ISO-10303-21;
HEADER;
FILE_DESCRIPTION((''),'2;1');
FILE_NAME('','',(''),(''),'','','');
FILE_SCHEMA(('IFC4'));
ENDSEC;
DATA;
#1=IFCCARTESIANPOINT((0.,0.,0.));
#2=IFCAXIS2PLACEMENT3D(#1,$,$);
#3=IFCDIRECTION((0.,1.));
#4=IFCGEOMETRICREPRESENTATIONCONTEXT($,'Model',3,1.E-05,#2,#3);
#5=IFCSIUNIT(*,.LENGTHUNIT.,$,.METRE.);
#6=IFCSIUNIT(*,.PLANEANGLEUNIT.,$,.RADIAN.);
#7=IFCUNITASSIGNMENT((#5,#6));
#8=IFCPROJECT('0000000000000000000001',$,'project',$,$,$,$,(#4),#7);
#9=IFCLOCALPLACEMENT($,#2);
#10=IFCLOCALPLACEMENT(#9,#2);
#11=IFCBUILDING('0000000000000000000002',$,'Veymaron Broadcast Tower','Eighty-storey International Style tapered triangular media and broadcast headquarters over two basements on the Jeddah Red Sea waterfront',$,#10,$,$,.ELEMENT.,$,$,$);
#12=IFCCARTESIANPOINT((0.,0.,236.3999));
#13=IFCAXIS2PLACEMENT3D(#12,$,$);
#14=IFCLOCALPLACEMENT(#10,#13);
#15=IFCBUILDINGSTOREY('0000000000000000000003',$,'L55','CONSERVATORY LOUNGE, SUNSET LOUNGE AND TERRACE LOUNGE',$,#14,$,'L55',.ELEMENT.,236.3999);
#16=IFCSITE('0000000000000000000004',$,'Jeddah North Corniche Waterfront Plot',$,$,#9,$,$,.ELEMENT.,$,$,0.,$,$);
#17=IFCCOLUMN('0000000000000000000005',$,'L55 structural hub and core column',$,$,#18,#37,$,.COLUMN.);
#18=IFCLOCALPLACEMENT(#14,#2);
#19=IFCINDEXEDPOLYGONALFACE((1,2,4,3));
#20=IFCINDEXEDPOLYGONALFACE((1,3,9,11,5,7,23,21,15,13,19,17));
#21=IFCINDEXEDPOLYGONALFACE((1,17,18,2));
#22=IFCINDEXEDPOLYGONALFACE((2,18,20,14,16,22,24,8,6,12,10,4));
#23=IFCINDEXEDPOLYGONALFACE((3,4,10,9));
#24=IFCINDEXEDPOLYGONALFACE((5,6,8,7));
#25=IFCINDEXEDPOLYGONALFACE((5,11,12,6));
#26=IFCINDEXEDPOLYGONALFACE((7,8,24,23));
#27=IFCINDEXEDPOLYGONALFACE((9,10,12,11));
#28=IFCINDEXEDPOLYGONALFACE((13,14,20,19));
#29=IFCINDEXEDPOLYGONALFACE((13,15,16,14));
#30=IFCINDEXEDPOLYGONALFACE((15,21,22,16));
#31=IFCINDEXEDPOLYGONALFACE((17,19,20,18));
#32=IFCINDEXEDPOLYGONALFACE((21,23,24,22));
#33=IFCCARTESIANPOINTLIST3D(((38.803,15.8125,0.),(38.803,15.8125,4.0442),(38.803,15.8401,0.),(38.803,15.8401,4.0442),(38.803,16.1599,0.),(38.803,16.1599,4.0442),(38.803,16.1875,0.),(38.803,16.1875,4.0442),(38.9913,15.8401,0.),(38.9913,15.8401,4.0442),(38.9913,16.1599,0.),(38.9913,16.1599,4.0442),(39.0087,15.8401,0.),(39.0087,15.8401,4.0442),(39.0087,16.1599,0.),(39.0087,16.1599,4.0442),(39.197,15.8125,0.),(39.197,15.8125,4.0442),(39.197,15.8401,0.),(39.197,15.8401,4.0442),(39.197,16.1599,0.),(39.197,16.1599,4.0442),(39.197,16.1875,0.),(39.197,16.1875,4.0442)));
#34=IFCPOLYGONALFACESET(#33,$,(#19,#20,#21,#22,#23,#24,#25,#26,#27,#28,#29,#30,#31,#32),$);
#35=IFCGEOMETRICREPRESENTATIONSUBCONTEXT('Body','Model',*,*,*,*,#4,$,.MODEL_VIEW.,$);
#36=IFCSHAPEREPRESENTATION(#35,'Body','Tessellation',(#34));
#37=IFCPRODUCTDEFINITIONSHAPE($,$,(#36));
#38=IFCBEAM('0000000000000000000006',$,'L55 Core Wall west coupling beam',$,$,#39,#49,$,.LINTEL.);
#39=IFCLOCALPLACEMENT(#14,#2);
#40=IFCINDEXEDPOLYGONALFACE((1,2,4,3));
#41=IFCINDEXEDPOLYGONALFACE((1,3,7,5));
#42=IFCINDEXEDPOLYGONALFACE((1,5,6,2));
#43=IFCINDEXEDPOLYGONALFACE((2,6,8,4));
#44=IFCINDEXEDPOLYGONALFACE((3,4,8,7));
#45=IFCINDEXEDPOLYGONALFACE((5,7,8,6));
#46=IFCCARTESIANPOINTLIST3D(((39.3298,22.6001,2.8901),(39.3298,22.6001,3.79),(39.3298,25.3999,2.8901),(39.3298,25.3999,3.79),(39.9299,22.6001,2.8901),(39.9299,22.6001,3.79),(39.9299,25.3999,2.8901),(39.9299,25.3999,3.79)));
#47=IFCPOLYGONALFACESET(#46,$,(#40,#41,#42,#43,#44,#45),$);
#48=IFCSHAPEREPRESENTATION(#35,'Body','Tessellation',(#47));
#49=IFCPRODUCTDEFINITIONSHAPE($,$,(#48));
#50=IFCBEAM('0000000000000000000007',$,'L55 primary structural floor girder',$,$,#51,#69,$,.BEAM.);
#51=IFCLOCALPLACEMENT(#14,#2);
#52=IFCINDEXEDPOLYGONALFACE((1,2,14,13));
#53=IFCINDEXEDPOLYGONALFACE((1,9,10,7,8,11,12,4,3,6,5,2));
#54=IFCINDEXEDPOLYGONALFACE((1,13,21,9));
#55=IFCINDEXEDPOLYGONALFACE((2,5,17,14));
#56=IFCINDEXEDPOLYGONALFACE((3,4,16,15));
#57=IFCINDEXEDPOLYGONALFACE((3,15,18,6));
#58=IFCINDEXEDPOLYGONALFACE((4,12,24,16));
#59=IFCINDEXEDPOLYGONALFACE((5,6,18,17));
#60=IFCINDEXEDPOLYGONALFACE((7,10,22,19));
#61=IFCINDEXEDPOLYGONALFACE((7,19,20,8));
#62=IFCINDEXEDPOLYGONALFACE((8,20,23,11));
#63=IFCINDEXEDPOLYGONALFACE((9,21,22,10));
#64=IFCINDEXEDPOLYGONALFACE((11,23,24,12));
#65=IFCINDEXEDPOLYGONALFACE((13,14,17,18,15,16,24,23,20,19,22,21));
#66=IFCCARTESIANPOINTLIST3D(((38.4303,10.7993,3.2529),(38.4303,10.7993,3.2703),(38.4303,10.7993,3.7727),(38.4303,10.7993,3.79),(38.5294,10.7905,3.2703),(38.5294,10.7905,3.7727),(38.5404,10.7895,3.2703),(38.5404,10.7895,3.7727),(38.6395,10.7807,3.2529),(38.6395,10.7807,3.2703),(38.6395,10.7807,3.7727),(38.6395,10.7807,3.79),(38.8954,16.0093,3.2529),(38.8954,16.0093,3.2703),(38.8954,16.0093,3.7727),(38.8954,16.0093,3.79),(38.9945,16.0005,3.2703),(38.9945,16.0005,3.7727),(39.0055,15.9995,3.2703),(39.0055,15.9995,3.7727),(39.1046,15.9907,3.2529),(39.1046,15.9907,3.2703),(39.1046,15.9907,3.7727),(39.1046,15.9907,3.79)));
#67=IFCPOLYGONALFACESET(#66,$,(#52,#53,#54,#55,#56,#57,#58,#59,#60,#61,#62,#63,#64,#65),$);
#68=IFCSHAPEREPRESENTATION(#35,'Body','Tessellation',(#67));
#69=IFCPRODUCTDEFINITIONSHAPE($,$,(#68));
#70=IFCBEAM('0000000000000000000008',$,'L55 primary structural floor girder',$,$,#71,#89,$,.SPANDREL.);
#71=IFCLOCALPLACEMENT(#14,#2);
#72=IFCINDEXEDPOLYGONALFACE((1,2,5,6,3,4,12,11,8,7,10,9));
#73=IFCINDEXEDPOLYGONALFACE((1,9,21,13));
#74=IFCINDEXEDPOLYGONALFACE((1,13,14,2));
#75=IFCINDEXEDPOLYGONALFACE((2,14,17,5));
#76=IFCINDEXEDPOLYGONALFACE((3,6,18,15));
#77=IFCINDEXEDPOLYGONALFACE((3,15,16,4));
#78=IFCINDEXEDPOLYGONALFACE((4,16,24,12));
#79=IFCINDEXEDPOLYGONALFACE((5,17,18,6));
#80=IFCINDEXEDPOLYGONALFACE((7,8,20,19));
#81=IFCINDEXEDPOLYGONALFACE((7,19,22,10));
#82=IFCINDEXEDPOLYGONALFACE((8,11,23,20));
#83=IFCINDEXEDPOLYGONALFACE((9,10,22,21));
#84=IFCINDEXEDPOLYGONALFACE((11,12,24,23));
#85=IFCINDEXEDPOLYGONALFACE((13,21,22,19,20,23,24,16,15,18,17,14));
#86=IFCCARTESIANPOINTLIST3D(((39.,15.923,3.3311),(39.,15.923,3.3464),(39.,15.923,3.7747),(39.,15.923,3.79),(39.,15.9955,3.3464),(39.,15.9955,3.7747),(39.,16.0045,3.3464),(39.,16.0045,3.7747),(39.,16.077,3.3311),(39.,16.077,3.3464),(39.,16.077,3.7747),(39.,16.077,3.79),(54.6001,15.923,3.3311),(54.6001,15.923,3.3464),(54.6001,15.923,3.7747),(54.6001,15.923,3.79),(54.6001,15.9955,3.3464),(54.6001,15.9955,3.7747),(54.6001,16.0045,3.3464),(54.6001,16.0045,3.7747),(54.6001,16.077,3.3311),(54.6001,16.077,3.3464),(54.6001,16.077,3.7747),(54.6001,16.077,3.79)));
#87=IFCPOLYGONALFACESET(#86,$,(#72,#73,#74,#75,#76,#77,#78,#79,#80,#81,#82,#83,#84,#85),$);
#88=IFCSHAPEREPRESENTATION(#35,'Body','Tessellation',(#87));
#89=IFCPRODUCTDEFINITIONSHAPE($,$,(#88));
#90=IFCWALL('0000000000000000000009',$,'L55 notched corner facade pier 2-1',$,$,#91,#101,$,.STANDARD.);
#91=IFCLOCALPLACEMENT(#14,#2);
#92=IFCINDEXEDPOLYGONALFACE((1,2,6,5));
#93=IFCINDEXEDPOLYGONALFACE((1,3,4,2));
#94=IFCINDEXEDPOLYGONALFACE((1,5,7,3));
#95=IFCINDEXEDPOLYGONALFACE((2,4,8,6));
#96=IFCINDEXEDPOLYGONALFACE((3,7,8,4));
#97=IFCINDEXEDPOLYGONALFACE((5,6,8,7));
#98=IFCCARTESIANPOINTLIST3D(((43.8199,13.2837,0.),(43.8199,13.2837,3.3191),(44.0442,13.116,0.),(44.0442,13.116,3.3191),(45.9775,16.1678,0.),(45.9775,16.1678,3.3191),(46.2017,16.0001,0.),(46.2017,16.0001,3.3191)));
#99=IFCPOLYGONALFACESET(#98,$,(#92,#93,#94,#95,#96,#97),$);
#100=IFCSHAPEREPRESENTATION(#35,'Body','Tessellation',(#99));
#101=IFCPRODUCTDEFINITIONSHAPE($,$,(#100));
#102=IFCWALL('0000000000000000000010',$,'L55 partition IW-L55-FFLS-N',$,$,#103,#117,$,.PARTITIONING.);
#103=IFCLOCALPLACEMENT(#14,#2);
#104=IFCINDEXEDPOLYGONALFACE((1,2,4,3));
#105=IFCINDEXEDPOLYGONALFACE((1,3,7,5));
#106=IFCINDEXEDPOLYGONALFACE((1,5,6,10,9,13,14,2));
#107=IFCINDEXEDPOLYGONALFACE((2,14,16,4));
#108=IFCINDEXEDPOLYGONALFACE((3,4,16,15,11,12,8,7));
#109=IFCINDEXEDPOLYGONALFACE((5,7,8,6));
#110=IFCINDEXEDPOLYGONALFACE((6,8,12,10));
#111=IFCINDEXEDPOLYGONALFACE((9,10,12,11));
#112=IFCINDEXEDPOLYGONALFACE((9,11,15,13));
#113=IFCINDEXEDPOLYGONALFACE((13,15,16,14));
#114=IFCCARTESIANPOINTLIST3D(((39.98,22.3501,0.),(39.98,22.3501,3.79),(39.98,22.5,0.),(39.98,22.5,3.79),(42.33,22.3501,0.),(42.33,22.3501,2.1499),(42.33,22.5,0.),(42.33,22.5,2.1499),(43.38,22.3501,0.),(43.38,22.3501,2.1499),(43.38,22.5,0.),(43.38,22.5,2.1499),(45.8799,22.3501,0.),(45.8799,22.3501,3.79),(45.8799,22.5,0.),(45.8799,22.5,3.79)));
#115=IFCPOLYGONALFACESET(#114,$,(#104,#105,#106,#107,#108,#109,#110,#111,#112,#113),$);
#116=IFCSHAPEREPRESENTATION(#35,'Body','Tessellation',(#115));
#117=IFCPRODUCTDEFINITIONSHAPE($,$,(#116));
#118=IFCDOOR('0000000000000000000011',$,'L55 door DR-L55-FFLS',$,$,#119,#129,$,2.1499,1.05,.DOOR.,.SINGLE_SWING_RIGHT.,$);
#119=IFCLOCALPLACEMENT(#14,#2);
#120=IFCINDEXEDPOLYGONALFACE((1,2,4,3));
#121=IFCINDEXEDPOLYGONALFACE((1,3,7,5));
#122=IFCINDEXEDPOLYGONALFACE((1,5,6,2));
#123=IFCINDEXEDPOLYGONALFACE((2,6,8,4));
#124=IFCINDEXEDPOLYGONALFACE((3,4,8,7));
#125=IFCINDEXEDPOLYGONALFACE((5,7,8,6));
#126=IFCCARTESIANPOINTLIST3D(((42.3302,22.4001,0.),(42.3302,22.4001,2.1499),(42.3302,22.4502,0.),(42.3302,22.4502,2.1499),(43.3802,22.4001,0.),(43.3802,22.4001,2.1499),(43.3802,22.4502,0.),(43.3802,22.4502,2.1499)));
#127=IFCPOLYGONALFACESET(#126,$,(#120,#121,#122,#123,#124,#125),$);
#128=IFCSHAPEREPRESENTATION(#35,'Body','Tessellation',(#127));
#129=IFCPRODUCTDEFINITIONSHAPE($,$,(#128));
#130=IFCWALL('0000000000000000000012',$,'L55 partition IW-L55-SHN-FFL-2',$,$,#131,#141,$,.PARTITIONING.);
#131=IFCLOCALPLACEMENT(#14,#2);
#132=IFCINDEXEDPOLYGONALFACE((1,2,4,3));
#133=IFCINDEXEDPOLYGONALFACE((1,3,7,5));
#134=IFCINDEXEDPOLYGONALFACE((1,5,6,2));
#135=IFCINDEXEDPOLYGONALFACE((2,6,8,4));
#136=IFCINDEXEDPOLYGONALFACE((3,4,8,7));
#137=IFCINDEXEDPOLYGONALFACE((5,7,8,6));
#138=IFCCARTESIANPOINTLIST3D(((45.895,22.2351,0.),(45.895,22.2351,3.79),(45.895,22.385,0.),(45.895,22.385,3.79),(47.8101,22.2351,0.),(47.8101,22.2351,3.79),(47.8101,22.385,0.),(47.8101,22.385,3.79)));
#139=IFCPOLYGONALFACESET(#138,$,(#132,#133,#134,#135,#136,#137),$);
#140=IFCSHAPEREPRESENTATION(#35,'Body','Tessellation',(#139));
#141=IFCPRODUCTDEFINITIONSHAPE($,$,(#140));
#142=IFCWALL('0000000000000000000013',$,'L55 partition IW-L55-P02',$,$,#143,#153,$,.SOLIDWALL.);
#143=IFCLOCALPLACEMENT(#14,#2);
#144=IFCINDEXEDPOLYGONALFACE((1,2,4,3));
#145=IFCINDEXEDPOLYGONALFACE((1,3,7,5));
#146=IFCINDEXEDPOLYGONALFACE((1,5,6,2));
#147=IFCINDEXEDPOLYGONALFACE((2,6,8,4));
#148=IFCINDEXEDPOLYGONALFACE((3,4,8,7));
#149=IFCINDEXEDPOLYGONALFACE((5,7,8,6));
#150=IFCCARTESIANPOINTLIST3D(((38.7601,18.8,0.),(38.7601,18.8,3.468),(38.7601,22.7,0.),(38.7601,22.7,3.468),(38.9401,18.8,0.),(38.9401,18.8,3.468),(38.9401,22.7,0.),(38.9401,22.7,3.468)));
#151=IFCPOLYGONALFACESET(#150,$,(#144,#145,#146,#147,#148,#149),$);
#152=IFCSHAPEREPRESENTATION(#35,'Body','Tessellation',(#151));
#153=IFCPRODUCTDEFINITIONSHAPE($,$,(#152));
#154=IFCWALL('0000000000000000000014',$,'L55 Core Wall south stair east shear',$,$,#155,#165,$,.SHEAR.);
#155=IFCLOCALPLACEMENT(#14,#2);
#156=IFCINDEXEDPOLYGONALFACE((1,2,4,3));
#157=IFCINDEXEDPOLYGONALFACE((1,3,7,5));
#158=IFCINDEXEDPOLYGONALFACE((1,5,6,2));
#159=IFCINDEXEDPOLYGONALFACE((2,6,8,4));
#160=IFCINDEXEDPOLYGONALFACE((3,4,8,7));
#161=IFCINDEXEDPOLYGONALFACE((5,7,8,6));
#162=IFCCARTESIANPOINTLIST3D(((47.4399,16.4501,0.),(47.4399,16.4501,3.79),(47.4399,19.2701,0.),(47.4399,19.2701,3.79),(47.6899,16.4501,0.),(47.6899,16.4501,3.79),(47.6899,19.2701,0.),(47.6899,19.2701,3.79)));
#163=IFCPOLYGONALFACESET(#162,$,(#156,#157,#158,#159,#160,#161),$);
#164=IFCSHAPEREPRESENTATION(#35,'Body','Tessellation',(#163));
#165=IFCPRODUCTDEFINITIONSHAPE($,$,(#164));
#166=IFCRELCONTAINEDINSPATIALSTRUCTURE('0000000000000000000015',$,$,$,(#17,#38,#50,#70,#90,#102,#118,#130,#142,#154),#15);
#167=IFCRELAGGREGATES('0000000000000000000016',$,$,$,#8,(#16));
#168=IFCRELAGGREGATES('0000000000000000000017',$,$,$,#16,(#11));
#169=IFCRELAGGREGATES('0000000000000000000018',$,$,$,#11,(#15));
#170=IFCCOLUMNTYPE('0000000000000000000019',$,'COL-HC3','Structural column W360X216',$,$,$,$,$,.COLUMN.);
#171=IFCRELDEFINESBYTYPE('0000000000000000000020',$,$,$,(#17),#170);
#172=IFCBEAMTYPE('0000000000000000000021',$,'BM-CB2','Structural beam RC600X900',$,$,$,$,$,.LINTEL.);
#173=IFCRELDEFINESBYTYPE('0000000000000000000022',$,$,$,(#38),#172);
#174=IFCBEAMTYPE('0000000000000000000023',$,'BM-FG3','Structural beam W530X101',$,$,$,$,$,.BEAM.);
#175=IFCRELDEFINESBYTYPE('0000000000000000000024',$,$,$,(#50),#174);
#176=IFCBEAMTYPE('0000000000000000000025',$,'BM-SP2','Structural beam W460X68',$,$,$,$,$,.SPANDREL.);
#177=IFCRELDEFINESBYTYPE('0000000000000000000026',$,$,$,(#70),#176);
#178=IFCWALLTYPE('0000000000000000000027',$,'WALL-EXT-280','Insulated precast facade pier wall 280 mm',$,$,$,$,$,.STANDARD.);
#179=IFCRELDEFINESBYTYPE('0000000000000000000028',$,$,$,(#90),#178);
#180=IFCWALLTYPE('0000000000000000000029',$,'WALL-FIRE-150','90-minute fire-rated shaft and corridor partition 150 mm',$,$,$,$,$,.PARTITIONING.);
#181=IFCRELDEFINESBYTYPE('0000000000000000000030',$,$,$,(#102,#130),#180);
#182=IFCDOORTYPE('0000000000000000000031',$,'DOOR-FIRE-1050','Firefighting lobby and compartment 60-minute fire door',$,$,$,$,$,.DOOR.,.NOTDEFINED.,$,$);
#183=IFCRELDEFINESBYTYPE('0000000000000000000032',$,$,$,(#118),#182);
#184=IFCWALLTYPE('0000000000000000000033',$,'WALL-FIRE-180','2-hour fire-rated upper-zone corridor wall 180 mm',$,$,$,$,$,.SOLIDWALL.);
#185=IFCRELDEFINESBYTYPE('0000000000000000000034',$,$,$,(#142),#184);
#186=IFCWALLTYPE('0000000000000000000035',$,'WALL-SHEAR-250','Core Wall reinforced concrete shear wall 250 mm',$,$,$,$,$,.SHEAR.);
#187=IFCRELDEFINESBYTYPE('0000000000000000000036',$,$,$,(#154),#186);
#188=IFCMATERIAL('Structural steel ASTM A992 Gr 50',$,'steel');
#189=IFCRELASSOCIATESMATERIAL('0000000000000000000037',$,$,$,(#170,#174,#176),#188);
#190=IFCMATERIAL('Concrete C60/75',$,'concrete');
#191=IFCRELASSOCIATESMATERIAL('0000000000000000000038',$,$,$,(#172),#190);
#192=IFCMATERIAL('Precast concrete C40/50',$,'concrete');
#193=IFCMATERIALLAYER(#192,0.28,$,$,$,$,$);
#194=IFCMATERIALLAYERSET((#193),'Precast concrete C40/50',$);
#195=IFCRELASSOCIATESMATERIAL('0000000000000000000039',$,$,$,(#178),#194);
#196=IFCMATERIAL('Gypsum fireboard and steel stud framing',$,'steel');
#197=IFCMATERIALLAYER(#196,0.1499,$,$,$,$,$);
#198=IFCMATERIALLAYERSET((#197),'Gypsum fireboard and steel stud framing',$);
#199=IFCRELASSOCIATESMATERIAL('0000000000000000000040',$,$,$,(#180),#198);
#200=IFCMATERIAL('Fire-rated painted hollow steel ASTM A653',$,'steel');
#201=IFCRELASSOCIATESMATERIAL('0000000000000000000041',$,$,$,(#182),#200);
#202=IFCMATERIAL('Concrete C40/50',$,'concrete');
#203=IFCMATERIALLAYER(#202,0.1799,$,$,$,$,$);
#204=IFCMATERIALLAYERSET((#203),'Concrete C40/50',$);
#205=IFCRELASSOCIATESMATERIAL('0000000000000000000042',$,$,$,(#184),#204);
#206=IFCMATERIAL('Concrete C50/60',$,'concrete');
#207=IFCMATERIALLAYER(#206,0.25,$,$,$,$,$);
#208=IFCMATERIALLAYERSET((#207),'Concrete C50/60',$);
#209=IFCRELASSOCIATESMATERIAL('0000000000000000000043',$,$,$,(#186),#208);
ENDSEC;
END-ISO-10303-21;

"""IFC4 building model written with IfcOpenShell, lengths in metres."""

from ifc_helpers import new_model, si_unit, direction, frame, frame_2d, origin, origin_2d, place, context, subcontext, project, spatial, rectangle, i_section, extrude, material, layer, layer_set, material_profile, profile_set, type_object, element, fill, save


model = new_model("IFC4")

# Units and contexts
model_context = context("Model", 3, precision=1e-05, world=origin(), true_north=direction((0.0, 1.0)))
body_context = subcontext(model_context, "Body", "Model", "MODEL_VIEW")
ifc_project = project(units=[si_unit("LENGTHUNIT", "METRE"), si_unit("PLANEANGLEUNIT", "RADIAN")], contexts=[model_context])

# Site, building, storey
site_placement = place(None, origin())
site = spatial("IfcSite", under=ifc_project, at=site_placement, Name="Jeddah North Corniche Waterfront Plot", CompositionType="ELEMENT", RefElevation=0.0)
building_placement = place(site_placement, origin())
building = spatial("IfcBuilding", under=site, at=building_placement, Name="Veymaron Broadcast Tower", Description="Eighty-storey International Style tapered triangular media and broadcast headquarters over two basements on the Jeddah Red Sea waterfront", CompositionType="ELEMENT")
storey_placement = place(building_placement, frame((0.0, 0.0, 236.3999)))
storey = spatial("IfcBuildingStorey", under=building, at=storey_placement, Name="L55", Description="CONSERVATORY LOUNGE, SUNSET LOUNGE AND TERRACE LOUNGE", LongName="L55", CompositionType="ELEMENT", Elevation=236.3999)

# Column
ifc_material_1 = material(Name="Structural steel ASTM A992 Gr 50", Category="steel")
ifc_material_profile_1 = material_profile(ifc_material_1, i_section(OverallWidth=0.394, OverallDepth=0.375, WebThickness=0.0173, FlangeThickness=0.0276, at=origin_2d()), Name="W360X216")
ifc_profile_set_1 = profile_set([ifc_material_profile_1], Name="Structural steel ASTM A992 Gr 50")
column_type = type_object("IfcColumnType", Name="COL-HC3", Description="Structural column W360X216", PredefinedType="COLUMN", material=ifc_profile_set_1)
column_placement = place(storey_placement, frame((39.0, 16.0, 0.0), z_axis=(0.0, 0.0, 1.0), x_axis=(1.0, 0.0, 0.0)))
element("IfcColumn", 1, at=column_placement, inside=storey, type_object=column_type, Name="L55 structural hub and core column", PredefinedType="COLUMN", context=body_context, shape_type="SweptSolid", body=[
    extrude(i_section(OverallWidth=0.394, OverallDepth=0.375, WebThickness=0.0173, FlangeThickness=0.0276, at=origin_2d()), origin(), (0.0, 0.0, 1.0), 4.0442),
])

# Beams
ifc_material_2 = material(Name="Concrete C60/75", Category="concrete")
ifc_material_profile_2 = material_profile(ifc_material_2, rectangle(XDim=0.6001, YDim=0.8999, at=origin_2d()), Name="RC600X900")
ifc_profile_set_2 = profile_set([ifc_material_profile_2], Name="Concrete C60/75")
beam_type_1 = type_object("IfcBeamType", Name="BM-CB2", Description="Structural beam RC600X900", PredefinedType="LINTEL", material=ifc_profile_set_2)
beam_1_placement = place(storey_placement, frame((39.6299, 22.6001, 3.3401), z_axis=(0.0, 1.0, 0.0), x_axis=(-1.0, 0.0, 0.0)))
element("IfcBeam", 2, at=beam_1_placement, inside=storey, type_object=beam_type_1, Name="L55 Core Wall west coupling beam", PredefinedType="LINTEL", context=body_context, shape_type="SweptSolid", body=[
    extrude(rectangle(XDim=0.6001, YDim=0.8999, at=origin_2d()), origin(), (0.0, 0.0, 1.0), 2.7998),
])
ifc_material_profile_3 = material_profile(ifc_material_1, i_section(OverallWidth=0.21, OverallDepth=0.5371, WebThickness=0.011, FlangeThickness=0.0173, at=origin_2d()), Name="W530X101")
ifc_profile_set_3 = profile_set([ifc_material_profile_3], Name="Structural steel ASTM A992 Gr 50")
beam_type_2 = type_object("IfcBeamType", Name="BM-FG3", Description="Structural beam W530X101", PredefinedType="BEAM", material=ifc_profile_set_3)
beam_2_placement = place(storey_placement, frame((39.0, 16.0, 3.5215), z_axis=(-0.088915, -0.996039, 0.0), x_axis=(0.996039, -0.088915, 0.0)))
element("IfcBeam", 3, at=beam_2_placement, inside=storey, type_object=beam_type_2, Name="L55 primary structural floor girder", PredefinedType="BEAM", context=body_context, shape_type="SweptSolid", body=[
    extrude(i_section(OverallWidth=0.21, OverallDepth=0.5371, WebThickness=0.011, FlangeThickness=0.0173, at=origin_2d()), origin(), (0.0, 0.0, 1.0), 5.2307),
])
ifc_material_profile_4 = material_profile(ifc_material_1, i_section(OverallWidth=0.1541, OverallDepth=0.459, WebThickness=0.009, FlangeThickness=0.0154, at=origin_2d()), Name="W460X68")
ifc_profile_set_4 = profile_set([ifc_material_profile_4], Name="Structural steel ASTM A992 Gr 50")
beam_type_3 = type_object("IfcBeamType", Name="BM-SP2", Description="Structural beam W460X68", PredefinedType="SPANDREL", material=ifc_profile_set_4)
beam_3_placement = place(storey_placement, frame((39.0, 16.0, 3.5605), z_axis=(1.0, 0.0, 0.0), x_axis=(0.0, 1.0, 0.0)))
element("IfcBeam", 4, at=beam_3_placement, inside=storey, type_object=beam_type_3, Name="L55 primary structural floor girder", PredefinedType="SPANDREL", context=body_context, shape_type="SweptSolid", body=[
    extrude(i_section(OverallWidth=0.1541, OverallDepth=0.459, WebThickness=0.009, FlangeThickness=0.0154, at=origin_2d()), origin(), (0.0, 0.0, 1.0), 15.6001),
])

# Wall
ifc_material_3 = material(Name="Precast concrete C40/50", Category="concrete")
ifc_layer_1 = layer(ifc_material_3, 0.28)
ifc_layer_set_1 = layer_set([ifc_layer_1], Name="Precast concrete C40/50")
wall_type_1 = type_object("IfcWallType", Name="WALL-EXT-280", Description="Insulated precast facade pier wall 280 mm", PredefinedType="STANDARD", material=ifc_layer_set_1)
wall_1_placement = place(storey_placement, frame((43.9321, 13.2, 0.0), z_axis=(0.0, 0.0, 1.0), x_axis=(0.599013, 0.80074, 0.0)))
element("IfcWall", 5, at=wall_1_placement, inside=storey, type_object=wall_type_1, Name="L55 notched corner facade pier 2-1", PredefinedType="STANDARD", context=body_context, shape_type="SweptSolid", body=[
    extrude(rectangle(XDim=3.6018, YDim=0.28, at=frame_2d((1.8008, 0.0))), origin(), (0.0, 0.0, 1.0), 3.3191),
])

# Wall, opening, door
ifc_material_4 = material(Name="Gypsum fireboard and steel stud framing", Category="steel")
ifc_layer_2 = layer(ifc_material_4, 0.1499)
ifc_layer_set_2 = layer_set([ifc_layer_2], Name="Gypsum fireboard and steel stud framing")
wall_type_2 = type_object("IfcWallType", Name="WALL-FIRE-150", Description="90-minute fire-rated shaft and corridor partition 150 mm", PredefinedType="PARTITIONING", material=ifc_layer_set_2)
wall_2_placement = place(storey_placement, frame((39.98, 22.425, 0.0), z_axis=(0.0, 0.0, 1.0), x_axis=(1.0, 0.0, 0.0)))
wall_2 = element("IfcWall", 6, at=wall_2_placement, inside=storey, type_object=wall_type_2, Name="L55 partition IW-L55-FFLS-N", PredefinedType="PARTITIONING", context=body_context, shape_type="SweptSolid", body=[
    extrude(rectangle(XDim=5.8999, YDim=0.1499, at=frame_2d((2.95, 0.0))), origin(), (0.0, 0.0, 1.0), 3.79),
])
opening_1_placement = place(wall_2_placement, frame((2.3501, 0.0, 0.0)))
opening_1 = element("IfcOpeningElement", 7, at=opening_1_placement, cuts=wall_2, PredefinedType="OPENING", context=body_context, shape_type="SweptSolid", body=[
    extrude(rectangle(XDim=1.05, YDim=2.1499, at=frame_2d((0.5249, 1.075))), frame((0.0, 0.085, 0.0), z_axis=(0.0, -1.0, 0.0), x_axis=(1.0, 0.0, 0.0)), (0.0, 0.0, 1.0), 0.1699),
])
ifc_material_5 = material(Name="Fire-rated painted hollow steel ASTM A653", Category="steel")
door_type_1 = type_object("IfcDoorType", Name="DOOR-FIRE-1050", Description="Firefighting lobby and compartment 60-minute fire door", OperationType="NOTDEFINED", PredefinedType="DOOR", material=ifc_material_5)
door_1_placement = place(opening_1_placement, frame((1.05, 0.0, 0.0), z_axis=(0.0, 0.0, 1.0), x_axis=(-1.0, 0.0, 0.0)))
door_1 = element("IfcDoor", 8, at=door_1_placement, inside=storey, type_object=door_type_1, Name="L55 door DR-L55-FFLS", OperationType="SINGLE_SWING_RIGHT", OverallHeight=2.1499, OverallWidth=1.05, PredefinedType="DOOR", context=body_context, shape_type="SweptSolid", body=[
    extrude(rectangle(XDim=1.05, YDim=2.1499, at=frame_2d((0.5249, 1.075))), frame((0.0, 0.0249, 0.0), z_axis=(0.0, -1.0, 0.0), x_axis=(1.0, 0.0, 0.0)), (0.0, 0.0, 1.0), 0.05),
])
fill(opening_1, door_1)

# Walls
wall_3_placement = place(storey_placement, frame((45.895, 22.3101, 0.0), z_axis=(0.0, 0.0, 1.0), x_axis=(1.0, 0.0, 0.0)))
element("IfcWall", 9, at=wall_3_placement, inside=storey, type_object=wall_type_2, Name="L55 partition IW-L55-SHN-FFL-2", PredefinedType="PARTITIONING", context=body_context, shape_type="SweptSolid", body=[
    extrude(rectangle(XDim=1.915, YDim=0.1499, at=frame_2d((0.9575, 0.0))), origin(), (0.0, 0.0, 1.0), 3.79),
])
ifc_material_6 = material(Name="Concrete C40/50", Category="concrete")
ifc_layer_3 = layer(ifc_material_6, 0.1799)
ifc_layer_set_3 = layer_set([ifc_layer_3], Name="Concrete C40/50")
wall_type_3 = type_object("IfcWallType", Name="WALL-FIRE-180", Description="2-hour fire-rated upper-zone corridor wall 180 mm", PredefinedType="SOLIDWALL", material=ifc_layer_set_3)
wall_4_placement = place(storey_placement, frame((38.8501, 18.8, 0.0), z_axis=(0.0, 0.0, 1.0), x_axis=(0.0, 1.0, 0.0)))
element("IfcWall", 10, at=wall_4_placement, inside=storey, type_object=wall_type_3, Name="L55 partition IW-L55-P02", PredefinedType="SOLIDWALL", context=body_context, shape_type="SweptSolid", body=[
    extrude(rectangle(XDim=3.8999, YDim=0.1799, at=frame_2d((1.95, 0.0))), origin(), (0.0, 0.0, 1.0), 3.468),
])
ifc_material_7 = material(Name="Concrete C50/60", Category="concrete")
ifc_layer_4 = layer(ifc_material_7, 0.25)
ifc_layer_set_4 = layer_set([ifc_layer_4], Name="Concrete C50/60")
wall_type_4 = type_object("IfcWallType", Name="WALL-SHEAR-250", Description="Core Wall reinforced concrete shear wall 250 mm", PredefinedType="SHEAR", material=ifc_layer_set_4)
wall_5_placement = place(storey_placement, frame((47.5649, 16.45, 0.0), z_axis=(0.0, 0.0, 1.0), x_axis=(0.0, 1.0, 0.0)))
element("IfcWall", 11, at=wall_5_placement, inside=storey, type_object=wall_type_4, Name="L55 Core Wall south stair east shear", PredefinedType="SHEAR", context=body_context, shape_type="SweptSolid", body=[
    extrude(rectangle(XDim=2.8201, YDim=0.25, at=frame_2d((1.4102, 0.0))), origin(), (0.0, 0.0, 1.0), 3.79),
])

save(model, "model.ifc")
